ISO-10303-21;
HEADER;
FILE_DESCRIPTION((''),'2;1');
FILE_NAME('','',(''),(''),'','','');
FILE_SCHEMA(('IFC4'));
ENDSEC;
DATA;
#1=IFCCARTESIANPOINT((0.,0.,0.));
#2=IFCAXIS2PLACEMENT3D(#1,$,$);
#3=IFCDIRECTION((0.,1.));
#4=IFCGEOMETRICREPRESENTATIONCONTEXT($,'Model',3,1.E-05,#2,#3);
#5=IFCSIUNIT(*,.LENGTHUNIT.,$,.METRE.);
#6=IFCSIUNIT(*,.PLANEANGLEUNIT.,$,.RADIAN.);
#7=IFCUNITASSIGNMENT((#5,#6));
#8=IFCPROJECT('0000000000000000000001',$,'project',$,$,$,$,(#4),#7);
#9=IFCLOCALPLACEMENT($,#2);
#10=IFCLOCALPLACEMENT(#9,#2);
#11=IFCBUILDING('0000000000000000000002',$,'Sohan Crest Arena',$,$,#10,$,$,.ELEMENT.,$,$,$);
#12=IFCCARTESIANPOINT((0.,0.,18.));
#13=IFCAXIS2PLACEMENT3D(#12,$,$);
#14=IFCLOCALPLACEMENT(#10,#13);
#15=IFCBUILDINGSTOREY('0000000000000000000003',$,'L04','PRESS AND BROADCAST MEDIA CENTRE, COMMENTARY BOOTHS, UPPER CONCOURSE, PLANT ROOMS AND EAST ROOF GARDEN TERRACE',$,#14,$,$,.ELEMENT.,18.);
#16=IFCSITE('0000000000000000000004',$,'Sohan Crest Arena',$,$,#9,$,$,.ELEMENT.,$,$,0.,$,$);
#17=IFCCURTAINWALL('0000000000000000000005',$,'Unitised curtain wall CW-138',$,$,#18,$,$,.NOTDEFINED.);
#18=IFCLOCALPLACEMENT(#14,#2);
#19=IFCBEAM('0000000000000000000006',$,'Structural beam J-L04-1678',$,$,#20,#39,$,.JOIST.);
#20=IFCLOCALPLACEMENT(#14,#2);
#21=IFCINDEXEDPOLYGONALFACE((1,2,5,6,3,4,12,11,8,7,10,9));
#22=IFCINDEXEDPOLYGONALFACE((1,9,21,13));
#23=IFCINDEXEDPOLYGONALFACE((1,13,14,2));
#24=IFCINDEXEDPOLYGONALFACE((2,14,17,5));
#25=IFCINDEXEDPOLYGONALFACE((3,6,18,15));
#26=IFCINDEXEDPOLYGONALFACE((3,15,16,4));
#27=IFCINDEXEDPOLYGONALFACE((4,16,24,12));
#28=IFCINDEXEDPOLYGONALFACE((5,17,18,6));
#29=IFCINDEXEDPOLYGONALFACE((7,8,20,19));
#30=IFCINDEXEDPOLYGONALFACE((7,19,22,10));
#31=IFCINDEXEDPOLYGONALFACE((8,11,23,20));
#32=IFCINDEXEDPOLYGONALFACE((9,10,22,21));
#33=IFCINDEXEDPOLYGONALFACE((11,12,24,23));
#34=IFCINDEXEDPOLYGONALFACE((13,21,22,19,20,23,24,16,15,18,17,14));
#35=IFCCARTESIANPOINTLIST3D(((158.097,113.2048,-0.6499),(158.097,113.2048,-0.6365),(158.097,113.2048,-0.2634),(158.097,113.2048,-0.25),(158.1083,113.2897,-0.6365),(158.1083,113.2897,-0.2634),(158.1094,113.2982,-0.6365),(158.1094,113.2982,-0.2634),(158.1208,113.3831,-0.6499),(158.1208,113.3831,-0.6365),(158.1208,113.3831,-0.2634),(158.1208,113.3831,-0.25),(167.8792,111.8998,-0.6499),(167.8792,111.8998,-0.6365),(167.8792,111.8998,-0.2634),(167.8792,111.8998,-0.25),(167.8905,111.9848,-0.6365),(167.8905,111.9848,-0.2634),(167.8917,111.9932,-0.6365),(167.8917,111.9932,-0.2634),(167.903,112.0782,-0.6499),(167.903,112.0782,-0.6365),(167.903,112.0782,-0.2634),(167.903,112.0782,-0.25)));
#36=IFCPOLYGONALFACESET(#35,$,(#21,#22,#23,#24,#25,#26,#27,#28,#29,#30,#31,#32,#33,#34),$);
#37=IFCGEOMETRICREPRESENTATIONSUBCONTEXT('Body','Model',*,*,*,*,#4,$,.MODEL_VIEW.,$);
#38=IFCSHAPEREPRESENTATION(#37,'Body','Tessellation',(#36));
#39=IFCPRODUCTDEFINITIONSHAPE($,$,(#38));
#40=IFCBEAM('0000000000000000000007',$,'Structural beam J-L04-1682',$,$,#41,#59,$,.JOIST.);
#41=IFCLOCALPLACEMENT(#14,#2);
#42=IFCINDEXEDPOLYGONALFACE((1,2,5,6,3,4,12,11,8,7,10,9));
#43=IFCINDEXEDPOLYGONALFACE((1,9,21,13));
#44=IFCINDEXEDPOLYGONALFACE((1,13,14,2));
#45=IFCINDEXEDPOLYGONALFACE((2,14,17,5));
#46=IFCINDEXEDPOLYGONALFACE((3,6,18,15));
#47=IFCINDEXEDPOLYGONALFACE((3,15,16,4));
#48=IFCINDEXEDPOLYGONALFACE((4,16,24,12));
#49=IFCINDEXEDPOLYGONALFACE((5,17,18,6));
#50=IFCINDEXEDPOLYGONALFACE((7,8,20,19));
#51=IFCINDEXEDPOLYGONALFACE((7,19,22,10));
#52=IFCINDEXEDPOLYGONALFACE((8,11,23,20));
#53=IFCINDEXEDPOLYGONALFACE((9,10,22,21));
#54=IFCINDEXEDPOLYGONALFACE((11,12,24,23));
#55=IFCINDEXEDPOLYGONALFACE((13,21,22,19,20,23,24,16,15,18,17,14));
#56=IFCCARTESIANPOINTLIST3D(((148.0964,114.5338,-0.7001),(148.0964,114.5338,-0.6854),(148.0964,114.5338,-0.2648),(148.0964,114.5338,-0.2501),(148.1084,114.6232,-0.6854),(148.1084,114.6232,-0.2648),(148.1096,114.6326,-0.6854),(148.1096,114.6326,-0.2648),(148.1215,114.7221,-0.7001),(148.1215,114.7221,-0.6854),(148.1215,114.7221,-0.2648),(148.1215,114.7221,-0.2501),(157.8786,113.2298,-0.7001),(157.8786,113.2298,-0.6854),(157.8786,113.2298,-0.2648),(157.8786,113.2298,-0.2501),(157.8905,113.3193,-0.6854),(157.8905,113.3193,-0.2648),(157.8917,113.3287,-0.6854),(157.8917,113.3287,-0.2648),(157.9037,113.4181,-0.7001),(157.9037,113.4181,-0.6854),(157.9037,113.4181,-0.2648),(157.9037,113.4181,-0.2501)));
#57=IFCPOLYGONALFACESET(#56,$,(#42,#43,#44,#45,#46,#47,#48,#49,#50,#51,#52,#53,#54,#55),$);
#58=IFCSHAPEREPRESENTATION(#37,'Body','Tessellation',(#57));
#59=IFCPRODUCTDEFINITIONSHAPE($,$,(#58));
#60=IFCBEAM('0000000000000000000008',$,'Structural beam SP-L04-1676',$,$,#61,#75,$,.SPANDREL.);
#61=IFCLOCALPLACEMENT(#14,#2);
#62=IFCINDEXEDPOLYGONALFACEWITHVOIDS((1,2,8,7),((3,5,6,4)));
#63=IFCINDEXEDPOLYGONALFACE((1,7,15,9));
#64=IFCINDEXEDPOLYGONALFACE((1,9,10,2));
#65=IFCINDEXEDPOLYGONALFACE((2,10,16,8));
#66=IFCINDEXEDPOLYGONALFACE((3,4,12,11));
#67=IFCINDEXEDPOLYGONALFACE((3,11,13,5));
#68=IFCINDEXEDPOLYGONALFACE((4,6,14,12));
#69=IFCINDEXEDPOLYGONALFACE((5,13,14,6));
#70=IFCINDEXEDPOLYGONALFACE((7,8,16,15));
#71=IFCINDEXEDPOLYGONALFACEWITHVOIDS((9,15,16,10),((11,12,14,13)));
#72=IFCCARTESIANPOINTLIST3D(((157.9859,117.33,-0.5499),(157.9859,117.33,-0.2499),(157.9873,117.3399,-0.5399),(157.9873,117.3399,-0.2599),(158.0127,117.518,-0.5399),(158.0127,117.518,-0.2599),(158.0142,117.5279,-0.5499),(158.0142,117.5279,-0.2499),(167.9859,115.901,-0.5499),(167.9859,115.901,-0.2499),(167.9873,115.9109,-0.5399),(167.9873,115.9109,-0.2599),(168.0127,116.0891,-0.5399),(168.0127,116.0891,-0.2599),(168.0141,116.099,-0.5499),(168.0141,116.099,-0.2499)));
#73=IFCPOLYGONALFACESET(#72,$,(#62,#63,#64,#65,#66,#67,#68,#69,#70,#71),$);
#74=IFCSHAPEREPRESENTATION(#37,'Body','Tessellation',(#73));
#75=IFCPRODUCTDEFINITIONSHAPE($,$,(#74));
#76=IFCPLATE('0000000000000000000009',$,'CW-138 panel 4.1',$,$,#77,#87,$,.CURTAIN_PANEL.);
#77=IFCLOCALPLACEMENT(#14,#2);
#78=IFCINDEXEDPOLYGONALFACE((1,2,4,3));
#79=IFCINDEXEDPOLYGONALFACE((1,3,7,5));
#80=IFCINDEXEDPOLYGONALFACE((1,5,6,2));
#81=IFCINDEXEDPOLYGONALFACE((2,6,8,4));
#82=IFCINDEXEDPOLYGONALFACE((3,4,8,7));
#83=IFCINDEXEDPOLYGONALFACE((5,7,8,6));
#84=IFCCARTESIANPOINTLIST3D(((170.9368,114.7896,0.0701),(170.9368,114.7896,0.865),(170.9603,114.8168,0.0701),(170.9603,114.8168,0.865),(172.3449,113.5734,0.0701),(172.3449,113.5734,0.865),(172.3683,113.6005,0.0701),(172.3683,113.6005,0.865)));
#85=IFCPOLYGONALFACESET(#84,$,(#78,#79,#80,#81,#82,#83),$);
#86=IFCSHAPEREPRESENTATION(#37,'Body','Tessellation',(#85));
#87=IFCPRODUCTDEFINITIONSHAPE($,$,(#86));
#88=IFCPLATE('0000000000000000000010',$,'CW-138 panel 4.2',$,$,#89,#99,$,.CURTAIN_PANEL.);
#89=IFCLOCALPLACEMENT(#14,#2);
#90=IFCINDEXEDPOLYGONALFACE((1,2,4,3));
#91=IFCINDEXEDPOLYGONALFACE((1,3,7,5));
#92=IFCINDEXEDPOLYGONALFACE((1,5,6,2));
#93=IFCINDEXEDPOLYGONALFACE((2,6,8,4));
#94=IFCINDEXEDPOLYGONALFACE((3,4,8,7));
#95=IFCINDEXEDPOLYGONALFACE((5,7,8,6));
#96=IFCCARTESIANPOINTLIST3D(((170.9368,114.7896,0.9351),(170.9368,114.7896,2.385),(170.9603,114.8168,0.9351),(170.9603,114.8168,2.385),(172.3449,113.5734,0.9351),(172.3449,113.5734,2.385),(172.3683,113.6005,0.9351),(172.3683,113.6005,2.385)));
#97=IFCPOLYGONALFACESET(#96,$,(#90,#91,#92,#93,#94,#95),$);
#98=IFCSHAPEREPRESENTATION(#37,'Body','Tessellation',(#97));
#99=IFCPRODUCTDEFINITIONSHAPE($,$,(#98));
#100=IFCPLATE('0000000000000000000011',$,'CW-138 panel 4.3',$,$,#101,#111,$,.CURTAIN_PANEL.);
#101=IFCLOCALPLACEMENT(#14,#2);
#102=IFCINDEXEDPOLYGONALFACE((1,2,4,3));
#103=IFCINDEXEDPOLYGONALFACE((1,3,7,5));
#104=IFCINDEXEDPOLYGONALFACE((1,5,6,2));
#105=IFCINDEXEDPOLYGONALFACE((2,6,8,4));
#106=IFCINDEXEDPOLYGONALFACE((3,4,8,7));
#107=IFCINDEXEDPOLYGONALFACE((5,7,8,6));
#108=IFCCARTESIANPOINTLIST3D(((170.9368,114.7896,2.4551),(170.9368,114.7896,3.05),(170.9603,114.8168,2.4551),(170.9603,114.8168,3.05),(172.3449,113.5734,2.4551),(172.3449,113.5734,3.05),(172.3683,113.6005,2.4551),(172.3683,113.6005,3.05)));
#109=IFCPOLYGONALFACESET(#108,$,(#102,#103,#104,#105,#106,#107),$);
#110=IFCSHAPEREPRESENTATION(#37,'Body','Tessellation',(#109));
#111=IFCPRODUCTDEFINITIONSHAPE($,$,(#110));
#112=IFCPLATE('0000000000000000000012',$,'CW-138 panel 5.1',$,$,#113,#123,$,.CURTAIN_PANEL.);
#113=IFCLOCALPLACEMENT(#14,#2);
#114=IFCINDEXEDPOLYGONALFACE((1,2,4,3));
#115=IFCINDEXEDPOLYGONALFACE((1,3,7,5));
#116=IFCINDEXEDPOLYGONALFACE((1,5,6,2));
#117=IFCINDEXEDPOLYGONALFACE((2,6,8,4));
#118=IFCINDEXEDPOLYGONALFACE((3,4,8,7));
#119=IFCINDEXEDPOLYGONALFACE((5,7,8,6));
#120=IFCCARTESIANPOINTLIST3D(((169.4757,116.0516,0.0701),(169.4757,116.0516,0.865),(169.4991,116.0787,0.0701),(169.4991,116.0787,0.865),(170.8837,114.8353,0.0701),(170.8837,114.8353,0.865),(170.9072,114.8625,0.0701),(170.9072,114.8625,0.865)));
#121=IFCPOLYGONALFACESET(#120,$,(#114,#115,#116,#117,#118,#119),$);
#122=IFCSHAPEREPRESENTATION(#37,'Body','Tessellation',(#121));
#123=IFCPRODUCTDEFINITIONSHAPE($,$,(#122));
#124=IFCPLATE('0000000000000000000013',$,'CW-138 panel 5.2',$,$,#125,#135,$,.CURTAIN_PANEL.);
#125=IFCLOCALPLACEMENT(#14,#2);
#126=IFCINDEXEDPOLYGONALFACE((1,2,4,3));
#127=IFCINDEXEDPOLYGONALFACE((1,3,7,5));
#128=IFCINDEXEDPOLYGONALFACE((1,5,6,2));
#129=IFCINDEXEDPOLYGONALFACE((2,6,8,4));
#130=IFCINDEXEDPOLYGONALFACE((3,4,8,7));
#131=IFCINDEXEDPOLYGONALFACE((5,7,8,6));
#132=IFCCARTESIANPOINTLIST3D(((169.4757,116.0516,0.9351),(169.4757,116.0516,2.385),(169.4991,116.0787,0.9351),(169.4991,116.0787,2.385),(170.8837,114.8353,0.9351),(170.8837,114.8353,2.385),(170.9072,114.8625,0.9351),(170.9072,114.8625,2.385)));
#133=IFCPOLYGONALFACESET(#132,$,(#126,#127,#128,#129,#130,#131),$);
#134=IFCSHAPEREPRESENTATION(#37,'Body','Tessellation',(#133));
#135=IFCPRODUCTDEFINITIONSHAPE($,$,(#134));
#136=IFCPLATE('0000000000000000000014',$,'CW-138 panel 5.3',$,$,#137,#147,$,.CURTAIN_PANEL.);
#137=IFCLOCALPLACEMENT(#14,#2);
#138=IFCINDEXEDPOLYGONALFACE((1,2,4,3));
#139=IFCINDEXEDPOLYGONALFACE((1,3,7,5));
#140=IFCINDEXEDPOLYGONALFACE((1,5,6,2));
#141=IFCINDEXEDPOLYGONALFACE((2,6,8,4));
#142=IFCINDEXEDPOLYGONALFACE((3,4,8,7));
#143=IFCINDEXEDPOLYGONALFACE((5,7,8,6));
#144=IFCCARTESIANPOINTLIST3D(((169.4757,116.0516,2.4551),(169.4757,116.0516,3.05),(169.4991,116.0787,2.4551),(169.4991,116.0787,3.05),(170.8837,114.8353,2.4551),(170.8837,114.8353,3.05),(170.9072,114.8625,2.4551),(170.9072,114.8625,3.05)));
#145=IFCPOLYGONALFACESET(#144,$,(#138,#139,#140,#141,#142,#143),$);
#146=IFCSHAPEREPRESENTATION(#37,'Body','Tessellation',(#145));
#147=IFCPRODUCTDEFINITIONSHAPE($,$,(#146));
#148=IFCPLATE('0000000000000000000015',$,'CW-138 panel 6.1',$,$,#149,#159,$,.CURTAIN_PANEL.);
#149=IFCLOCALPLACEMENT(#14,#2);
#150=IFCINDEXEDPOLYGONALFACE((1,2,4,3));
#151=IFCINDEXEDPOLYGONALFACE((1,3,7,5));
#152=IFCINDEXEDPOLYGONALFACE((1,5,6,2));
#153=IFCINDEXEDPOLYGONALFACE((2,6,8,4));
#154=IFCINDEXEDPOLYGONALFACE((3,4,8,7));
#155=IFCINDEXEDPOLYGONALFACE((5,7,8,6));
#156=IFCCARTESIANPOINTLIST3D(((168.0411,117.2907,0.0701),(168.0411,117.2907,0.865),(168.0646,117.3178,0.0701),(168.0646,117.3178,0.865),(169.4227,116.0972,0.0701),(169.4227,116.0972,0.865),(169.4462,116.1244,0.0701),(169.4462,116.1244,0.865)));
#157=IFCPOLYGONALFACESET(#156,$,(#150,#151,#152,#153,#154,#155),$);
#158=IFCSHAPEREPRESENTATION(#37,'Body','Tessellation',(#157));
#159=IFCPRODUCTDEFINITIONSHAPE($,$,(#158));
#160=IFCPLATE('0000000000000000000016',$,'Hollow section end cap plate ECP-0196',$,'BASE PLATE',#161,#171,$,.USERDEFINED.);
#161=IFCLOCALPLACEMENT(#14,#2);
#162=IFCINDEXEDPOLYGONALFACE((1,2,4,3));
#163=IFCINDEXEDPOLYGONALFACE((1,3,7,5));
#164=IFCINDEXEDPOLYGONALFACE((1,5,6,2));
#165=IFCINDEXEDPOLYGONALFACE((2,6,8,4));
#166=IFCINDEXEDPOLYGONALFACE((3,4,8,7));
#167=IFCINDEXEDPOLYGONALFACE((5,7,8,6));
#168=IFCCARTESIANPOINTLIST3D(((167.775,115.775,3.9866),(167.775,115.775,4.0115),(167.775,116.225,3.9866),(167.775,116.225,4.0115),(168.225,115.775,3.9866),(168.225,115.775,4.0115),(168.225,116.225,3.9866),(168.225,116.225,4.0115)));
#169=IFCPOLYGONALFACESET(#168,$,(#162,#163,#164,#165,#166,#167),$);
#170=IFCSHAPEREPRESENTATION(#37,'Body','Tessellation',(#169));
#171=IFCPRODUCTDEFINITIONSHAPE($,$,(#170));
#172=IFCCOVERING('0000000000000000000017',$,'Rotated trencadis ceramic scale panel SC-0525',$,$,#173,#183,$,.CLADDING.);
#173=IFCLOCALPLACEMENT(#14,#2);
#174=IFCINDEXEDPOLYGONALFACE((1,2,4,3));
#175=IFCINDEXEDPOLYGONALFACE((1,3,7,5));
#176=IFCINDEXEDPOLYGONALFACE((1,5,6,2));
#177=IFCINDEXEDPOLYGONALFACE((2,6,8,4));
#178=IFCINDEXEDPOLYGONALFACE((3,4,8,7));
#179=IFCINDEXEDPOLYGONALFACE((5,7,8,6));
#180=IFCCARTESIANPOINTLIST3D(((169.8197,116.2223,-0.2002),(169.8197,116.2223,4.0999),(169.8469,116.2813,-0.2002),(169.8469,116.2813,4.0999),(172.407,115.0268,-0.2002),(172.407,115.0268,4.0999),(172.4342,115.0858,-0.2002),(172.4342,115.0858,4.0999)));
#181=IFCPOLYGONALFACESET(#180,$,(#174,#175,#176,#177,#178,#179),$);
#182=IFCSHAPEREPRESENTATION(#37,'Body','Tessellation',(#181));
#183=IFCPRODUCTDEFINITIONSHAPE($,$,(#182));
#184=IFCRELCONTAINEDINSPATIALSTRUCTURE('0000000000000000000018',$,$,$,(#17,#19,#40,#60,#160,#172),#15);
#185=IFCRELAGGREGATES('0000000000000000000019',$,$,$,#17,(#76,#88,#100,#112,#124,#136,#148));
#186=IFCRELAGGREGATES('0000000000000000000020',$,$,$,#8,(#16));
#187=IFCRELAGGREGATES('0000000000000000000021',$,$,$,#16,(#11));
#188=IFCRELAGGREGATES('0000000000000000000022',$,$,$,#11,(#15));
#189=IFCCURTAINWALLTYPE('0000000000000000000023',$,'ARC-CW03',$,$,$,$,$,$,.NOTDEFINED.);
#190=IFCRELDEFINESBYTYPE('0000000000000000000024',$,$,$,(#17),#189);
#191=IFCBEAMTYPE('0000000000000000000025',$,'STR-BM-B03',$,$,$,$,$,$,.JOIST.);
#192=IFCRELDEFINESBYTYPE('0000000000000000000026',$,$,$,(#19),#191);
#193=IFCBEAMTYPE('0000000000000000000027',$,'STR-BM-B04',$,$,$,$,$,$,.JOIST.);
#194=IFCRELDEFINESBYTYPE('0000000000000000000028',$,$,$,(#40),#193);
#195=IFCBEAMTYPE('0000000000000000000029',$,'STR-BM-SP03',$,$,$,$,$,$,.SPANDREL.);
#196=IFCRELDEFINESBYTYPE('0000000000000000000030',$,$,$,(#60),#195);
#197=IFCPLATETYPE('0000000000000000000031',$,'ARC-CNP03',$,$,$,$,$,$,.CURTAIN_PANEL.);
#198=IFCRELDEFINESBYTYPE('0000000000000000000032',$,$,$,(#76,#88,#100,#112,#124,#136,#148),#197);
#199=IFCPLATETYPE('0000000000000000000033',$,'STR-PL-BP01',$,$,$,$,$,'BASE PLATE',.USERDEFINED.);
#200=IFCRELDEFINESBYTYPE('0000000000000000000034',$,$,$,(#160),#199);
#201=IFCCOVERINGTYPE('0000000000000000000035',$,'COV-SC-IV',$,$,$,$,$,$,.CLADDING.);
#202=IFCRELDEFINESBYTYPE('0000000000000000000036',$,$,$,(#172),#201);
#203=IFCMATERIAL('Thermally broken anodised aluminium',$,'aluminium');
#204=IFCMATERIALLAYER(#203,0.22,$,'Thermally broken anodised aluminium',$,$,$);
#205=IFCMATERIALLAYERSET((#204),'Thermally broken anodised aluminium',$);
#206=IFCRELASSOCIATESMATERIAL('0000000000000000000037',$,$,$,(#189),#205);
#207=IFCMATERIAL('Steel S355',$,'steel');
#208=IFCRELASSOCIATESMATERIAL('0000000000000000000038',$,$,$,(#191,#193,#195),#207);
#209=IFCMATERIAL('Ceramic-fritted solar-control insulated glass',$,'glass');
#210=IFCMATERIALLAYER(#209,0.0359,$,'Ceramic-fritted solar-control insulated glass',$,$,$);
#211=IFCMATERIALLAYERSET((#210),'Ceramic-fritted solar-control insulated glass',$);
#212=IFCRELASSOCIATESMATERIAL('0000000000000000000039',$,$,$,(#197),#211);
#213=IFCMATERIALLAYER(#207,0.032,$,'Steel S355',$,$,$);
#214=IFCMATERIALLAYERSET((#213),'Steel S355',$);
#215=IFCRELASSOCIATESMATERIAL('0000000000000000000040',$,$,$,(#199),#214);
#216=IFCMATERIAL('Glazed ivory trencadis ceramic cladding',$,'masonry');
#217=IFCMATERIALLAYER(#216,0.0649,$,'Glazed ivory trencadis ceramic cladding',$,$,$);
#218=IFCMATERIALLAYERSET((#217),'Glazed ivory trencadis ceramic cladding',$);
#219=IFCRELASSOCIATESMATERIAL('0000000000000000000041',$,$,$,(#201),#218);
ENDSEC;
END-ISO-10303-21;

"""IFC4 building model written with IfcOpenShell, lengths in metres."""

from ifc_helpers import new_model, si_unit, direction, frame, origin, origin_2d, place, context, subcontext, project, spatial, rectangle, hollow_rectangle, i_section, extrude, material, layer, layer_set, material_profile, profile_set, type_object, element, aggregate, save


model = new_model("IFC4")

# Units and contexts
model_context = context("Model", 3, precision=1e-05, world=origin(), true_north=direction((0.0, 1.0)))
body_context = subcontext(model_context, "Body", "Model", "MODEL_VIEW")
ifc_project = project(units=[si_unit("LENGTHUNIT", "METRE"), si_unit("PLANEANGLEUNIT", "RADIAN")], contexts=[model_context])

# Site, building, storey
site_placement = place(None, origin())
site = spatial("IfcSite", under=ifc_project, at=site_placement, Name="Sohan Crest Arena", CompositionType="ELEMENT", RefElevation=0.0)
building_placement = place(site_placement, origin())
building = spatial("IfcBuilding", under=site, at=building_placement, Name="Sohan Crest Arena", CompositionType="ELEMENT")
storey_placement = place(building_placement, frame((0.0, 0.0, 18.0)))
storey = spatial("IfcBuildingStorey", under=building, at=storey_placement, Name="L04", Description="PRESS AND BROADCAST MEDIA CENTRE, COMMENTARY BOOTHS, UPPER CONCOURSE, PLANT ROOMS AND EAST ROOF GARDEN TERRACE", CompositionType="ELEMENT", Elevation=18.0)

# Shared definitions
ifc_material_1 = material(Name="Steel S355", Category="steel")

# Curtain wall
ifc_material_2 = material(Name="Thermally broken anodised aluminium", Category="aluminium")
ifc_layer_1 = layer(ifc_material_2, 0.22, Name="Thermally broken anodised aluminium")
ifc_layer_set_1 = layer_set([ifc_layer_1], Name="Thermally broken anodised aluminium")
curtain_wall_type = type_object("IfcCurtainWallType", Name="ARC-CW03", PredefinedType="NOTDEFINED", material=ifc_layer_set_1)
curtain_wall_placement = place(storey_placement, origin())
curtain_wall = element("IfcCurtainWall", 1, at=curtain_wall_placement, inside=storey, type_object=curtain_wall_type, Name="Unitised curtain wall CW-138", PredefinedType="NOTDEFINED")

# Beams
ifc_material_profile_1 = material_profile(ifc_material_1, i_section(OverallWidth=0.1799, OverallDepth=0.3999, WebThickness=0.0085, FlangeThickness=0.0134, at=origin_2d()), Name="IPE 400")
ifc_profile_set_1 = profile_set([ifc_material_profile_1], Name="Steel S355")
beam_type_1 = type_object("IfcBeamType", Name="STR-BM-B03", PredefinedType="JOIST", material=ifc_profile_set_1)
beam_1_placement = place(storey_placement, frame((167.8911, 111.989, -0.45), z_axis=(-0.991219, 0.132227, 0.0), x_axis=(-0.132227, -0.991219, 0.0)))
element("IfcBeam", 2, at=beam_1_placement, inside=storey, type_object=beam_type_1, Name="Structural beam J-L04-1678", PredefinedType="JOIST", context=body_context, shape_type="SweptSolid", body=[
    extrude(i_section(OverallWidth=0.1799, OverallDepth=0.3999, WebThickness=0.0085, FlangeThickness=0.0134, at=origin_2d()), origin(), (0.0, 0.0, 1.0), 9.8689),
])
ifc_material_profile_2 = material_profile(ifc_material_1, i_section(OverallWidth=0.1899, OverallDepth=0.45, WebThickness=0.0095, FlangeThickness=0.0146, at=origin_2d()), Name="IPE 450")
ifc_profile_set_2 = profile_set([ifc_material_profile_2], Name="Steel S355")
beam_type_2 = type_object("IfcBeamType", Name="STR-BM-B04", PredefinedType="JOIST", material=ifc_profile_set_2)
beam_2_placement = place(storey_placement, frame((157.8911, 113.324, -0.4751), z_axis=(-0.991232, 0.13213, 0.0), x_axis=(-0.13213, -0.991232, 0.0)))
element("IfcBeam", 3, at=beam_2_placement, inside=storey, type_object=beam_type_2, Name="Structural beam J-L04-1682", PredefinedType="JOIST", context=body_context, shape_type="SweptSolid", body=[
    extrude(i_section(OverallWidth=0.1899, OverallDepth=0.45, WebThickness=0.0095, FlangeThickness=0.0146, at=origin_2d()), origin(), (0.0, 0.0, 1.0), 9.8687),
])
ifc_material_profile_3 = material_profile(ifc_material_1, hollow_rectangle(XDim=0.2, YDim=0.3, WallThickness=0.01, at=origin_2d()), Name="RHS 300x200x10")
ifc_profile_set_3 = profile_set([ifc_material_profile_3], Name="Steel S355")
beam_type_3 = type_object("IfcBeamType", Name="STR-BM-SP03", PredefinedType="SPANDREL", material=ifc_profile_set_3)
beam_3_placement = place(storey_placement, frame((168.0, 116.0, -0.3999), z_axis=(-0.989944, 0.141459, 0.0), x_axis=(-0.141459, -0.989944, 0.0)))
element("IfcBeam", 4, at=beam_3_placement, inside=storey, type_object=beam_type_3, Name="Structural beam SP-L04-1676", PredefinedType="SPANDREL", context=body_context, shape_type="SweptSolid", body=[
    extrude(hollow_rectangle(XDim=0.2, YDim=0.3, WallThickness=0.01, at=origin_2d()), origin(), (0.0, 0.0, 1.0), 10.1016),
])

# Plates
ifc_material_3 = material(Name="Ceramic-fritted solar-control insulated glass", Category="glass")
ifc_layer_2 = layer(ifc_material_3, 0.0359, Name="Ceramic-fritted solar-control insulated glass")
ifc_layer_set_2 = layer_set([ifc_layer_2], Name="Ceramic-fritted solar-control insulated glass")
plate_type_1 = type_object("IfcPlateType", Name="ARC-CNP03", PredefinedType="CURTAIN_PANEL", material=ifc_layer_set_2)
plate_1_placement = place(storey_placement, frame((171.6526, 114.1951, 0.0701), z_axis=(0.0, 0.0, 1.0), x_axis=(-0.756765, 0.653687, 0.0)))
plate_1 = element("IfcPlate", 5, at=plate_1_placement, type_object=plate_type_1, Name="CW-138 panel 4.1", PredefinedType="CURTAIN_PANEL", context=body_context, shape_type="SweptSolid", body=[
    extrude(rectangle(XDim=1.8606, YDim=0.0359, at=origin_2d()), origin(), (0.0, 0.0, 1.0), 0.7949),
])
plate_2_placement = place(storey_placement, frame((171.6526, 114.1951, 0.9351), z_axis=(0.0, 0.0, 1.0), x_axis=(-0.756765, 0.653687, 0.0)))
plate_2 = element("IfcPlate", 6, at=plate_2_placement, type_object=plate_type_1, Name="CW-138 panel 4.2", PredefinedType="CURTAIN_PANEL", context=body_context, shape_type="SweptSolid", body=[
    extrude(rectangle(XDim=1.8606, YDim=0.0359, at=origin_2d()), origin(), (0.0, 0.0, 1.0), 1.45),
])
plate_3_placement = place(storey_placement, frame((171.6526, 114.1951, 2.4551), z_axis=(0.0, 0.0, 1.0), x_axis=(-0.756765, 0.653687, 0.0)))
plate_3 = element("IfcPlate", 7, at=plate_3_placement, type_object=plate_type_1, Name="CW-138 panel 4.3", PredefinedType="CURTAIN_PANEL", context=body_context, shape_type="SweptSolid", body=[
    extrude(rectangle(XDim=1.8606, YDim=0.0359, at=origin_2d()), origin(), (0.0, 0.0, 1.0), 0.595),
])
plate_4_placement = place(storey_placement, frame((170.1914, 115.457, 0.0701), z_axis=(0.0, 0.0, 1.0), x_axis=(-0.756765, 0.653687, 0.0)))
plate_4 = element("IfcPlate", 8, at=plate_4_placement, type_object=plate_type_1, Name="CW-138 panel 5.1", PredefinedType="CURTAIN_PANEL", context=body_context, shape_type="SweptSolid", body=[
    extrude(rectangle(XDim=1.8606, YDim=0.0359, at=origin_2d()), origin(), (0.0, 0.0, 1.0), 0.7949),
])
plate_5_placement = place(storey_placement, frame((170.1914, 115.457, 0.9351), z_axis=(0.0, 0.0, 1.0), x_axis=(-0.756765, 0.653687, 0.0)))
plate_5 = element("IfcPlate", 9, at=plate_5_placement, type_object=plate_type_1, Name="CW-138 panel 5.2", PredefinedType="CURTAIN_PANEL", context=body_context, shape_type="SweptSolid", body=[
    extrude(rectangle(XDim=1.8606, YDim=0.0359, at=origin_2d()), origin(), (0.0, 0.0, 1.0), 1.45),
])
plate_6_placement = place(storey_placement, frame((170.1914, 115.457, 2.4551), z_axis=(0.0, 0.0, 1.0), x_axis=(-0.756765, 0.653687, 0.0)))
plate_6 = element("IfcPlate", 10, at=plate_6_placement, type_object=plate_type_1, Name="CW-138 panel 5.3", PredefinedType="CURTAIN_PANEL", context=body_context, shape_type="SweptSolid", body=[
    extrude(rectangle(XDim=1.8606, YDim=0.0359, at=origin_2d()), origin(), (0.0, 0.0, 1.0), 0.595),
])
plate_7_placement = place(storey_placement, frame((168.7437, 116.7075, 0.0701), z_axis=(0.0, 0.0, 1.0), x_axis=(-0.756765, 0.653687, 0.0)))
plate_7 = element("IfcPlate", 11, at=plate_7_placement, type_object=plate_type_1, Name="CW-138 panel 6.1", PredefinedType="CURTAIN_PANEL", context=body_context, shape_type="SweptSolid", body=[
    extrude(rectangle(XDim=1.8257, YDim=0.0359, at=origin_2d()), origin(), (0.0, 0.0, 1.0), 0.7949),
])
aggregate(curtain_wall, [plate_1, plate_2, plate_3, plate_4, plate_5, plate_6, plate_7])
ifc_layer_3 = layer(ifc_material_1, 0.032, Name="Steel S355")
ifc_layer_set_3 = layer_set([ifc_layer_3], Name="Steel S355")
plate_type_2 = type_object("IfcPlateType", Name="STR-PL-BP01", ElementType="BASE PLATE", PredefinedType="USERDEFINED", material=ifc_layer_set_3)
plate_8_placement = place(storey_placement, frame((168.0, 116.0, 3.9866), z_axis=(0.0, 0.0, 1.0), x_axis=(1.0, 0.0, 0.0)))
element("IfcPlate", 12, at=plate_8_placement, inside=storey, type_object=plate_type_2, Name="Hollow section end cap plate ECP-0196", ObjectType="BASE PLATE", PredefinedType="USERDEFINED", context=body_context, shape_type="SweptSolid", body=[
    extrude(rectangle(XDim=0.45, YDim=0.45, at=origin_2d()), origin(), (0.0, 0.0, 1.0), 0.0249),
])

# Covering
ifc_material_4 = material(Name="Glazed ivory trencadis ceramic cladding", Category="masonry")
ifc_layer_4 = layer(ifc_material_4, 0.0649, Name="Glazed ivory trencadis ceramic cladding")
ifc_layer_set_4 = layer_set([ifc_layer_4], Name="Glazed ivory trencadis ceramic cladding")
covering_type = type_object("IfcCoveringType", Name="COV-SC-IV", PredefinedType="CLADDING", material=ifc_layer_set_4)
covering_placement = place(storey_placement, frame((171.127, 115.6541, -0.2002), z_axis=(0.0, 0.0, 1.0), x_axis=(-0.907777, 0.419452, 0.0)))
element("IfcCovering", 13, at=covering_placement, inside=storey, type_object=covering_type, Name="Rotated trencadis ceramic scale panel SC-0525", PredefinedType="CLADDING", context=body_context, shape_type="SweptSolid", body=[
    extrude(rectangle(XDim=2.8501, YDim=0.0649, at=origin_2d()), origin(), (0.0, 0.0, 1.0), 4.3),
])

save(model, "model.ifc")
